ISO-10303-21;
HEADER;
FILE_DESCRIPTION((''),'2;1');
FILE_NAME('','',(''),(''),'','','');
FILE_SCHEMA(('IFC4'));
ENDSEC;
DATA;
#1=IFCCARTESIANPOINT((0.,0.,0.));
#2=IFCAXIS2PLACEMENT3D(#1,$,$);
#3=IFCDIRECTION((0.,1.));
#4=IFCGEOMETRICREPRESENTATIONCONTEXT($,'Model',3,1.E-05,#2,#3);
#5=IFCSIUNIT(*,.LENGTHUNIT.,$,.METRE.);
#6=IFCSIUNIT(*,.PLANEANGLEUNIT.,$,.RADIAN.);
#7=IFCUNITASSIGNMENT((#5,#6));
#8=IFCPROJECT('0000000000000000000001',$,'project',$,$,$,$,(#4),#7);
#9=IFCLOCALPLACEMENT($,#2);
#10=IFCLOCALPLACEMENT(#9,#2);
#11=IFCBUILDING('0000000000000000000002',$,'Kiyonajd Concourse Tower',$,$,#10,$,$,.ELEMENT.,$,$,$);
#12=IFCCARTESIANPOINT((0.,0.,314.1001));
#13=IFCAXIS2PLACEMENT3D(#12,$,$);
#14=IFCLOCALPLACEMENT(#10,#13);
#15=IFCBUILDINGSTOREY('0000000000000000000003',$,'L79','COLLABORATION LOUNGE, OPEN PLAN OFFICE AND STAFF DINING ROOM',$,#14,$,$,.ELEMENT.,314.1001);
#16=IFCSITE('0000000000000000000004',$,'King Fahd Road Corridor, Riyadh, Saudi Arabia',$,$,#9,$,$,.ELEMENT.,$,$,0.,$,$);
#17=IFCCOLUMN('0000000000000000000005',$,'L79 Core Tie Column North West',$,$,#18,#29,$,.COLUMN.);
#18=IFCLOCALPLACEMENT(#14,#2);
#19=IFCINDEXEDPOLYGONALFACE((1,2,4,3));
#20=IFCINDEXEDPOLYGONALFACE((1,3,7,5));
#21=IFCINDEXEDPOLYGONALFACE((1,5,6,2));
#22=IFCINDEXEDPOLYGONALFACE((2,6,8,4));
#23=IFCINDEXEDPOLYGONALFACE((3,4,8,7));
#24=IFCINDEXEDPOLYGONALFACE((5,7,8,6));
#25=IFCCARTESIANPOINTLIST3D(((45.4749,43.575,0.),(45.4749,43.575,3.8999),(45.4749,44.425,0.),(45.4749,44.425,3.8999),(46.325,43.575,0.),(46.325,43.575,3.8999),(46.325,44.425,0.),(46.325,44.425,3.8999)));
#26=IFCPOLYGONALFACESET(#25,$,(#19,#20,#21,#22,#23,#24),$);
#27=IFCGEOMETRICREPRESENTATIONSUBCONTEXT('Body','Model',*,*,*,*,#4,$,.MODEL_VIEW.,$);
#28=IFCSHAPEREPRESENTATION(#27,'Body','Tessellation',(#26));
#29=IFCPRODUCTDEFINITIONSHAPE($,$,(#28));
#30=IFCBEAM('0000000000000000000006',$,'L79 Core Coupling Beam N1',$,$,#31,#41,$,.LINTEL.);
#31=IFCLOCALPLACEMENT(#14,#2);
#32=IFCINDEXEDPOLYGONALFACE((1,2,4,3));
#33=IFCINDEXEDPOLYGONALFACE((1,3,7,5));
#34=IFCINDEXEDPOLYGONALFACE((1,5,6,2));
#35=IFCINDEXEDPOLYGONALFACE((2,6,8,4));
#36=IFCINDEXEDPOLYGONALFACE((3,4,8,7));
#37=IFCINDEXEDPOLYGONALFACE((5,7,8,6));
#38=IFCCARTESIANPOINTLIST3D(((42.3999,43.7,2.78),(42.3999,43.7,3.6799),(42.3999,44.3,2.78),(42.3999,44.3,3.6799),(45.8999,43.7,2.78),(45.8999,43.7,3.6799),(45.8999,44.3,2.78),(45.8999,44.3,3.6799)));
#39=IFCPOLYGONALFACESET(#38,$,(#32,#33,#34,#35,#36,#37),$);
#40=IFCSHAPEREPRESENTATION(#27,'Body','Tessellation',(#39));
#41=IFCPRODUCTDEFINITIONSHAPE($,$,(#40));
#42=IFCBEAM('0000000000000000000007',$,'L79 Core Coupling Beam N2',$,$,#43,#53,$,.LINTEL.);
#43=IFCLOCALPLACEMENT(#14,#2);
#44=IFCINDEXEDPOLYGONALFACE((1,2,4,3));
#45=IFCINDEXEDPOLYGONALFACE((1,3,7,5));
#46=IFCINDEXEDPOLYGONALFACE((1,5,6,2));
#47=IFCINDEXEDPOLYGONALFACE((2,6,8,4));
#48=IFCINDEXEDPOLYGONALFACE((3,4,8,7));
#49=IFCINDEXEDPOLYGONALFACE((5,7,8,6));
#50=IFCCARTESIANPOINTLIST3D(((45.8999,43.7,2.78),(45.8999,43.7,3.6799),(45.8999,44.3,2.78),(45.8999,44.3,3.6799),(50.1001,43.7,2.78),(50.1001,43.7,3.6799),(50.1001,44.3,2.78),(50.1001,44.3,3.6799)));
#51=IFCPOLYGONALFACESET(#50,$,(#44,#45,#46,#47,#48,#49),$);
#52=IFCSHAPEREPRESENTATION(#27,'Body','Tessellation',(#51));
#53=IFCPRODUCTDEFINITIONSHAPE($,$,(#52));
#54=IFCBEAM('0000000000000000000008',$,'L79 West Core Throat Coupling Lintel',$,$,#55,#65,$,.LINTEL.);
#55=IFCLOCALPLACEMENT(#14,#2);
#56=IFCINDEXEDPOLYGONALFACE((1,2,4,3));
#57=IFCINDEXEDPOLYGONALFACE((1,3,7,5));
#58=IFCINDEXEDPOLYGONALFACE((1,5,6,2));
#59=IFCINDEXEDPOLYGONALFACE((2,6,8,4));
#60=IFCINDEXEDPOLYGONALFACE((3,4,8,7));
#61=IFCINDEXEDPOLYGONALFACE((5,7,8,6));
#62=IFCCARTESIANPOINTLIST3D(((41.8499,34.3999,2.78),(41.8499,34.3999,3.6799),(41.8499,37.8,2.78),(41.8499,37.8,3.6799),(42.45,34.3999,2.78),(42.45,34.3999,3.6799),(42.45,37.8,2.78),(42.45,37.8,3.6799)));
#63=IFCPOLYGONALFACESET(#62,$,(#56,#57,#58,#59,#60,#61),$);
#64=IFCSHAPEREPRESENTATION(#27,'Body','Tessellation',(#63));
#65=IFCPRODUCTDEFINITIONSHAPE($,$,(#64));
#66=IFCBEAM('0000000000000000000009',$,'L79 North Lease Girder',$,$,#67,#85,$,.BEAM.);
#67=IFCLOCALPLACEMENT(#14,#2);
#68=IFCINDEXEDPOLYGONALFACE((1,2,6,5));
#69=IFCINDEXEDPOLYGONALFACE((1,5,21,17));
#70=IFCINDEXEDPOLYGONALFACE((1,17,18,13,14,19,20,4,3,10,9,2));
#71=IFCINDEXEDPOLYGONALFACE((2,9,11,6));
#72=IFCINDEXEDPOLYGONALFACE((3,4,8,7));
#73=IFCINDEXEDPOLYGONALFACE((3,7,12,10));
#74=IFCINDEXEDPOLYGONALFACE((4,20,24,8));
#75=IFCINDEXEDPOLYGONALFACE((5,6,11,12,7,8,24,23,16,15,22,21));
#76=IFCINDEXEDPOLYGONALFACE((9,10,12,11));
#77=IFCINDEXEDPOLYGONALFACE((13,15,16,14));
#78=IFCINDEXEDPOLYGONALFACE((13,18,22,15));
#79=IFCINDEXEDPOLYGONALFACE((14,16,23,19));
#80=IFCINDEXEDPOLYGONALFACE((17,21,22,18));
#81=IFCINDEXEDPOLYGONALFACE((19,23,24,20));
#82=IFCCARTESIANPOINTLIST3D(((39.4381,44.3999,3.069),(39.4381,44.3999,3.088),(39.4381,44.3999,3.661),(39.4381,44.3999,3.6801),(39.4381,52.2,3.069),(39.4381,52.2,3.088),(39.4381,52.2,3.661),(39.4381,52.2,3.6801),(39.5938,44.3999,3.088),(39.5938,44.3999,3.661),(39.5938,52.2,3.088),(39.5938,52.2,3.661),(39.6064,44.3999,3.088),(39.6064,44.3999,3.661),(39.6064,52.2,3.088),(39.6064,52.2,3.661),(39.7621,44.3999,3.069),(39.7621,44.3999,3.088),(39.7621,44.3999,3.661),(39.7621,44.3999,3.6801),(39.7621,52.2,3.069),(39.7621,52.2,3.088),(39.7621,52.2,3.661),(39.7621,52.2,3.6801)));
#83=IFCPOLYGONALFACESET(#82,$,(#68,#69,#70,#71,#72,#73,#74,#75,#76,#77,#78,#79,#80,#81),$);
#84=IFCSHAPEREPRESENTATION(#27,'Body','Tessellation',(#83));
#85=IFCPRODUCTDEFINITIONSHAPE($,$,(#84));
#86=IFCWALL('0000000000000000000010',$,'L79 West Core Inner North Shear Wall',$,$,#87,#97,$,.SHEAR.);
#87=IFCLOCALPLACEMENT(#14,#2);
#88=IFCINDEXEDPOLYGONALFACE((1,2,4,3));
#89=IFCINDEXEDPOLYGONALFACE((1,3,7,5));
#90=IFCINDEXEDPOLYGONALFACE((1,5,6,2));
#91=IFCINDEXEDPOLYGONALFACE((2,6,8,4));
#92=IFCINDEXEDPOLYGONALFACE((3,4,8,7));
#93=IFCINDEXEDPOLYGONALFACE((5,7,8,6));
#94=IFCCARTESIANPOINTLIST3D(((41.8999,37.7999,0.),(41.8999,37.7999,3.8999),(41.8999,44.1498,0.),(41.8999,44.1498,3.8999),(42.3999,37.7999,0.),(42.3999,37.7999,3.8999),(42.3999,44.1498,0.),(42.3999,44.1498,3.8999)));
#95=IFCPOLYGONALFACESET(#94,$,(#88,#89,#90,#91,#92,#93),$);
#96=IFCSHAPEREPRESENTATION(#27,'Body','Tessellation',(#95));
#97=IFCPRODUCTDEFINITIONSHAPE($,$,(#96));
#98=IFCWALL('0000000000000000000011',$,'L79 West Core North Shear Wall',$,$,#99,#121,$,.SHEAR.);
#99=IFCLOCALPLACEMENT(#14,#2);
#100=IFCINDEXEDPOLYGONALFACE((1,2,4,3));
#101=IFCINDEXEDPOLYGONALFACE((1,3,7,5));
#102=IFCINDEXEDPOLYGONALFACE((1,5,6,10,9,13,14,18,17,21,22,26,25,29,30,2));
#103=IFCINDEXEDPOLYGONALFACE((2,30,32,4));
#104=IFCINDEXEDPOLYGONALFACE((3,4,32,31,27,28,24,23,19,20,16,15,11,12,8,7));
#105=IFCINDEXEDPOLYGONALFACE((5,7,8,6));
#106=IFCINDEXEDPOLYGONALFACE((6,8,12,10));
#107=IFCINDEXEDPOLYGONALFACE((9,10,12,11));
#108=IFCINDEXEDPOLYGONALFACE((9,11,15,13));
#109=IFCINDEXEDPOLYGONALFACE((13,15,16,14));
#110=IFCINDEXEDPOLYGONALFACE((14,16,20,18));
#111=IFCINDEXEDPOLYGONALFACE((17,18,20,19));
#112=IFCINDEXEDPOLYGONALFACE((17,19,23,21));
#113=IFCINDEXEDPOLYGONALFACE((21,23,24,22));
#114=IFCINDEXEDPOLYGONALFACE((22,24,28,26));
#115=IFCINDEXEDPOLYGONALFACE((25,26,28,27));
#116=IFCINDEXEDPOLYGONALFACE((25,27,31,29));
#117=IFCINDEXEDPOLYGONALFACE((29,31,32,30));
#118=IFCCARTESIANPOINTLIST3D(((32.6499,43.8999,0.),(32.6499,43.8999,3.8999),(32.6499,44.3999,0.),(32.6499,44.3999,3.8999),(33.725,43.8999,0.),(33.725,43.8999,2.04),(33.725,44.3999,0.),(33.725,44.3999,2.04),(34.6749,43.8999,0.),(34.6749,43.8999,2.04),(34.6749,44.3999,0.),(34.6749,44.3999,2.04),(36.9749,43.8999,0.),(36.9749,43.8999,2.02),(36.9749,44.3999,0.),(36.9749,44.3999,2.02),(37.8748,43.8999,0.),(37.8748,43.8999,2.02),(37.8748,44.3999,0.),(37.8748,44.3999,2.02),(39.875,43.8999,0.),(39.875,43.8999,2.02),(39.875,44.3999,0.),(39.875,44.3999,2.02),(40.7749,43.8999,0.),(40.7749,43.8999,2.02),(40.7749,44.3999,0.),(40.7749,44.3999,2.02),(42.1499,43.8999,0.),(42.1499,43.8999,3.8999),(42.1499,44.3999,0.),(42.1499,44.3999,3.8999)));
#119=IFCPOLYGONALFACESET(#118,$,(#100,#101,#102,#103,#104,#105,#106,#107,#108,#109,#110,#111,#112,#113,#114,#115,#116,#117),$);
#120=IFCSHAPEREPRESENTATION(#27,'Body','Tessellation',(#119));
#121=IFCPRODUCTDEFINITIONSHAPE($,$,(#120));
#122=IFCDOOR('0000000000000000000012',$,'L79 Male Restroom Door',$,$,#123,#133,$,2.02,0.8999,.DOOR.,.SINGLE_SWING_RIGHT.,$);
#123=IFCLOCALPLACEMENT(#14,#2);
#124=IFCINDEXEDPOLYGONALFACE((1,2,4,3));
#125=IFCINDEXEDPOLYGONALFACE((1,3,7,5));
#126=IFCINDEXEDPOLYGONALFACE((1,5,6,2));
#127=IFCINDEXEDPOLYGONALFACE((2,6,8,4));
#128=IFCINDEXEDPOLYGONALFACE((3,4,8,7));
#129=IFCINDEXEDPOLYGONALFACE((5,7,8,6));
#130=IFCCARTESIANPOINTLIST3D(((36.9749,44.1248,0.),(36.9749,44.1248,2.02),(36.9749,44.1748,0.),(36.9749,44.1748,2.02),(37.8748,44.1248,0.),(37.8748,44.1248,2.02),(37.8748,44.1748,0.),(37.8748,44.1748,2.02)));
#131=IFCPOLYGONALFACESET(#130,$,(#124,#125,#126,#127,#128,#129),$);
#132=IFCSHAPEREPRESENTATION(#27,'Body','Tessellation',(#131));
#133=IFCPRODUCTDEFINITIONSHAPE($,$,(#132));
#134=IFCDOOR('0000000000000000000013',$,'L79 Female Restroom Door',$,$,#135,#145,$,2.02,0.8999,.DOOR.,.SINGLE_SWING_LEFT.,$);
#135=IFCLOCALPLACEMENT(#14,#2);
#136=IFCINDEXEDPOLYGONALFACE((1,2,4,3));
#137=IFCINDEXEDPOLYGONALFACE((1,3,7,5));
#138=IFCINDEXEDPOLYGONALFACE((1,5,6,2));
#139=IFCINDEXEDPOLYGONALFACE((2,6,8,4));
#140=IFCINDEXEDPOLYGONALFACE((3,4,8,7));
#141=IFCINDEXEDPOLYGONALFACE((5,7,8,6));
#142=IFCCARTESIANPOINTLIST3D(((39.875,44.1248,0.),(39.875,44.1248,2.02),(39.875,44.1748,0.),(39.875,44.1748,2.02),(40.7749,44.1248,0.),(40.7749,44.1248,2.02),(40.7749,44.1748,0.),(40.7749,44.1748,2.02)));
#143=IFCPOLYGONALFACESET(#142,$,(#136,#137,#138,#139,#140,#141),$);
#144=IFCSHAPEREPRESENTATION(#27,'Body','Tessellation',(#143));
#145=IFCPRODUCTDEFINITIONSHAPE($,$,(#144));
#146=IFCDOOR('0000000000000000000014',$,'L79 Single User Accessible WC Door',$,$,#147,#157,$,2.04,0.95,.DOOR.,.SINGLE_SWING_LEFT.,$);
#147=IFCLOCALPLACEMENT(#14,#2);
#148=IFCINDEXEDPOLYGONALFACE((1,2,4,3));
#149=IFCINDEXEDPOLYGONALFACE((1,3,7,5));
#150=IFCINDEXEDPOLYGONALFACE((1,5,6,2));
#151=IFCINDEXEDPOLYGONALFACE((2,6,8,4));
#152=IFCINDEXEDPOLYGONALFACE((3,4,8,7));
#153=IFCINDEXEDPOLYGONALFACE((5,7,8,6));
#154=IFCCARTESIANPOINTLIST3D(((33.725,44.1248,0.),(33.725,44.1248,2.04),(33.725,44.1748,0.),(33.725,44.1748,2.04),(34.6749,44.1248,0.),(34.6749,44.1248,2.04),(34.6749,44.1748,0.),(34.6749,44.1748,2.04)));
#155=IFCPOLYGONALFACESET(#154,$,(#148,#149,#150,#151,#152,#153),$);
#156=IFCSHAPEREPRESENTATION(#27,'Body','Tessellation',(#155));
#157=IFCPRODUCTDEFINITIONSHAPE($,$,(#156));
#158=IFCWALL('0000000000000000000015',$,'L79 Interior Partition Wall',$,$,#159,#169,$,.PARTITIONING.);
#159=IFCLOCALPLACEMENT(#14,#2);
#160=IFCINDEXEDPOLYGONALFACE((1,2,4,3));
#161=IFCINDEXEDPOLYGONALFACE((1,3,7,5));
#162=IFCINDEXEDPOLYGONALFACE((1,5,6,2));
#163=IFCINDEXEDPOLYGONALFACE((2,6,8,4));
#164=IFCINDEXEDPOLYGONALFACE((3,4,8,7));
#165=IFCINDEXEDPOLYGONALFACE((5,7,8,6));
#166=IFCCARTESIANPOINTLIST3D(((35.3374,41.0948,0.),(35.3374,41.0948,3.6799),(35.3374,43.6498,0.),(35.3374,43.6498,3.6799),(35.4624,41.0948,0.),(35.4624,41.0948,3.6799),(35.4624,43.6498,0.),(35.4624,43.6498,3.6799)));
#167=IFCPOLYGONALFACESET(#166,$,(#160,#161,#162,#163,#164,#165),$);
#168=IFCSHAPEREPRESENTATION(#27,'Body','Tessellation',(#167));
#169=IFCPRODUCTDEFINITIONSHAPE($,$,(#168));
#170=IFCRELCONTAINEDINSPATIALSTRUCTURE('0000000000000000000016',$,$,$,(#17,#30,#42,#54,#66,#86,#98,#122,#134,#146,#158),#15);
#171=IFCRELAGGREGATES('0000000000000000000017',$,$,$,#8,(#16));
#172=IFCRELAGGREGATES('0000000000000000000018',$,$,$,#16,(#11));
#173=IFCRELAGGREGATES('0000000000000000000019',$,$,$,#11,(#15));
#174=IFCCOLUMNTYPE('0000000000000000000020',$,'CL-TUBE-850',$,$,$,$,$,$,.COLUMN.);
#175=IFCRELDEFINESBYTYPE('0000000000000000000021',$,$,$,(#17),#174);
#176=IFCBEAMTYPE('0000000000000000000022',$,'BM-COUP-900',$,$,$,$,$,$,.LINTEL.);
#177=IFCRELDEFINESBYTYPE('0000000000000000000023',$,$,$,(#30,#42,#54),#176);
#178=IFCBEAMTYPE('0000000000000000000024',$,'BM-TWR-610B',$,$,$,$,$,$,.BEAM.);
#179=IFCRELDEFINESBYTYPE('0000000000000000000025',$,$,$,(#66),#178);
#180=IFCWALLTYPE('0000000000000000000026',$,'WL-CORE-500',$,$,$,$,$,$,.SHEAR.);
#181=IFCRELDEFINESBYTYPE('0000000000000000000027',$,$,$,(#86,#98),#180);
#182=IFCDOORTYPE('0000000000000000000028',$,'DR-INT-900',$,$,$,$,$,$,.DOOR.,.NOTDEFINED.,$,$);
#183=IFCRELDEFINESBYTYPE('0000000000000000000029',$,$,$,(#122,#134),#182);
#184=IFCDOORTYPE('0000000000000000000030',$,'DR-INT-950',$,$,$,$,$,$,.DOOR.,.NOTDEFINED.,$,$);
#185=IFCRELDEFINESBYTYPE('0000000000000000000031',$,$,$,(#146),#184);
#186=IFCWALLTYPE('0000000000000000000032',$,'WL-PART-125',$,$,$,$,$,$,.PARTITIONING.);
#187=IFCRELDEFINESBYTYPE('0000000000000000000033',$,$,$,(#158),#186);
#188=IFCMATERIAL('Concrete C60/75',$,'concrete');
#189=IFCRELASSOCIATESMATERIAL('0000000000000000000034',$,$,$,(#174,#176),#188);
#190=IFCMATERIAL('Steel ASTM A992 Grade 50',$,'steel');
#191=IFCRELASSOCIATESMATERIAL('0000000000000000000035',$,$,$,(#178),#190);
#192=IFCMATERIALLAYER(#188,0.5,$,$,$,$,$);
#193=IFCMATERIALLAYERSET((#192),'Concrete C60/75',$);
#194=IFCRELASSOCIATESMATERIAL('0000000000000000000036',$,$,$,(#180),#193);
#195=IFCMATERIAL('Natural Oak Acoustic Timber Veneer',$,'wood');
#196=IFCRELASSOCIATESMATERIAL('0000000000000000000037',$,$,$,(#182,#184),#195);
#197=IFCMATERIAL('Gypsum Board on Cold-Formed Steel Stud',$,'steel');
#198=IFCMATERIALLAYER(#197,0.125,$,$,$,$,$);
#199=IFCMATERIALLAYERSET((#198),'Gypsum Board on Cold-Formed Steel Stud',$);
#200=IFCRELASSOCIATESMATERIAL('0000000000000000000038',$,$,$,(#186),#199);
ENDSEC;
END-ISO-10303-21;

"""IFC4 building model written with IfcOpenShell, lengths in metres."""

from ifc_helpers import new_model, si_unit, direction, frame, frame_2d, origin, origin_2d, place, context, subcontext, project, spatial, rectangle, i_section, extrude, material, layer, layer_set, material_profile, profile_set, type_object, element, fill, save


model = new_model("IFC4")

# Units and contexts
model_context = context("Model", 3, precision=1e-05, world=origin(), true_north=direction((0.0, 1.0)))
body_context = subcontext(model_context, "Body", "Model", "MODEL_VIEW")
ifc_project = project(units=[si_unit("LENGTHUNIT", "METRE"), si_unit("PLANEANGLEUNIT", "RADIAN")], contexts=[model_context])

# Site, building, storey
site_placement = place(None, origin())
site = spatial("IfcSite", under=ifc_project, at=site_placement, Name="King Fahd Road Corridor, Riyadh, Saudi Arabia", CompositionType="ELEMENT", RefElevation=0.0)
building_placement = place(site_placement, origin())
building = spatial("IfcBuilding", under=site, at=building_placement, Name="Kiyonajd Concourse Tower", CompositionType="ELEMENT")
storey_placement = place(building_placement, frame((0.0, 0.0, 314.1001)))
storey = spatial("IfcBuildingStorey", under=building, at=storey_placement, Name="L79", Description="COLLABORATION LOUNGE, OPEN PLAN OFFICE AND STAFF DINING ROOM", CompositionType="ELEMENT", Elevation=314.1001)

# Column
ifc_material_1 = material(Name="Concrete C60/75", Category="concrete")
ifc_material_profile_1 = material_profile(ifc_material_1, rectangle(XDim=0.8501, YDim=0.8501, at=origin_2d()), Name="RC-850x850")
ifc_profile_set_1 = profile_set([ifc_material_profile_1], Name="Concrete C60/75")
column_type = type_object("IfcColumnType", Name="CL-TUBE-850", PredefinedType="COLUMN", material=ifc_profile_set_1)
column_placement = place(storey_placement, frame((45.8999, 44.0, 0.0), z_axis=(0.0, 0.0, 1.0), x_axis=(1.0, 0.0, 0.0)))
element("IfcColumn", 1, at=column_placement, inside=storey, type_object=column_type, Name="L79 Core Tie Column North West", PredefinedType="COLUMN", context=body_context, shape_type="SweptSolid", body=[
    extrude(rectangle(XDim=0.8501, YDim=0.8501, at=origin_2d()), origin(), (0.0, 0.0, 1.0), 3.8999),
])

# Beams
ifc_material_profile_2 = material_profile(ifc_material_1, rectangle(XDim=0.6001, YDim=0.8999, at=origin_2d()), Name="RCBM-600x900")
ifc_profile_set_2 = profile_set([ifc_material_profile_2], Name="Concrete C60/75")
beam_type_1 = type_object("IfcBeamType", Name="BM-COUP-900", PredefinedType="LINTEL", material=ifc_profile_set_2)
beam_1_placement = place(storey_placement, frame((42.3999, 44.0, 3.23), z_axis=(1.0, 0.0, 0.0), x_axis=(0.0, 1.0, 0.0)))
element("IfcBeam", 2, at=beam_1_placement, inside=storey, type_object=beam_type_1, Name="L79 Core Coupling Beam N1", PredefinedType="LINTEL", context=body_context, shape_type="SweptSolid", body=[
    extrude(rectangle(XDim=0.6001, YDim=0.8999, at=origin_2d()), origin(), (0.0, 0.0, 1.0), 3.5),
])
beam_2_placement = place(storey_placement, frame((45.8999, 44.0, 3.23), z_axis=(1.0, 0.0, 0.0), x_axis=(0.0, 1.0, 0.0)))
element("IfcBeam", 3, at=beam_2_placement, inside=storey, type_object=beam_type_1, Name="L79 Core Coupling Beam N2", PredefinedType="LINTEL", context=body_context, shape_type="SweptSolid", body=[
    extrude(rectangle(XDim=0.6001, YDim=0.8999, at=origin_2d()), origin(), (0.0, 0.0, 1.0), 4.2002),
])
beam_3_placement = place(storey_placement, frame((42.1499, 34.3999, 3.23), z_axis=(0.0, 1.0, 0.0), x_axis=(-1.0, 0.0, 0.0)))
element("IfcBeam", 4, at=beam_3_placement, inside=storey, type_object=beam_type_1, Name="L79 West Core Throat Coupling Lintel", PredefinedType="LINTEL", context=body_context, shape_type="SweptSolid", body=[
    extrude(rectangle(XDim=0.6001, YDim=0.8999, at=origin_2d()), origin(), (0.0, 0.0, 1.0), 3.4001),
])
ifc_material_2 = material(Name="Steel ASTM A992 Grade 50", Category="steel")
ifc_material_profile_3 = material_profile(ifc_material_2, i_section(OverallWidth=0.324, OverallDepth=0.6111, WebThickness=0.0127, FlangeThickness=0.019, at=origin_2d()), Name="W610X155")
ifc_profile_set_3 = profile_set([ifc_material_profile_3], Name="Steel ASTM A992 Grade 50")
beam_type_2 = type_object("IfcBeamType", Name="BM-TWR-610B", PredefinedType="BEAM", material=ifc_profile_set_3)
beam_4_placement = place(storey_placement, frame((39.6001, 44.3999, 3.3745), z_axis=(0.0, 1.0, 0.0), x_axis=(-1.0, 0.0, 0.0)))
element("IfcBeam", 5, at=beam_4_placement, inside=storey, type_object=beam_type_2, Name="L79 North Lease Girder", PredefinedType="BEAM", context=body_context, shape_type="SweptSolid", body=[
    extrude(i_section(OverallWidth=0.324, OverallDepth=0.6111, WebThickness=0.0127, FlangeThickness=0.019, at=origin_2d()), origin(), (0.0, 0.0, 1.0), 7.8),
])

# Wall
ifc_layer_1 = layer(ifc_material_1, 0.5)
ifc_layer_set_1 = layer_set([ifc_layer_1], Name="Concrete C60/75")
wall_type_1 = type_object("IfcWallType", Name="WL-CORE-500", PredefinedType="SHEAR", material=ifc_layer_set_1)
wall_1_placement = place(storey_placement, frame((42.1499, 37.8, 0.0), z_axis=(0.0, 0.0, 1.0), x_axis=(0.0, 1.0, 0.0)))
element("IfcWall", 6, at=wall_1_placement, inside=storey, type_object=wall_type_1, Name="L79 West Core Inner North Shear Wall", PredefinedType="SHEAR", context=body_context, shape_type="SweptSolid", body=[
    extrude(rectangle(XDim=6.3499, YDim=0.5, at=frame_2d((3.1748, 0.0))), origin(), (0.0, 0.0, 1.0), 3.8999),
])

# Wall, openings, doors
wall_2_placement = place(storey_placement, frame((32.6499, 44.1499, 0.0), z_axis=(0.0, 0.0, 1.0), x_axis=(1.0, 0.0, 0.0)))
wall_2 = element("IfcWall", 7, at=wall_2_placement, inside=storey, type_object=wall_type_1, Name="L79 West Core North Shear Wall", PredefinedType="SHEAR", context=body_context, shape_type="SweptSolid", body=[
    extrude(rectangle(XDim=9.5, YDim=0.5, at=frame_2d((4.75, 0.0))), origin(), (0.0, 0.0, 1.0), 3.8999),
])
opening_1_placement = place(wall_2_placement, frame((1.075, 0.0, 0.0)))
opening_1 = element("IfcOpeningElement", 8, at=opening_1_placement, cuts=wall_2, PredefinedType="OPENING", context=body_context, shape_type="SweptSolid", body=[
    extrude(rectangle(XDim=0.95, YDim=2.04, at=frame_2d((0.4751, 1.02))), frame((0.0, 0.26, 0.0), z_axis=(0.0, -1.0, 0.0), x_axis=(1.0, 0.0, 0.0)), (0.0, 0.0, 1.0), 0.52),
])
opening_2_placement = place(wall_2_placement, frame((4.325, 0.0, 0.0)))
opening_2 = element("IfcOpeningElement", 9, at=opening_2_placement, cuts=wall_2, PredefinedType="OPENING", context=body_context, shape_type="SweptSolid", body=[
    extrude(rectangle(XDim=0.8999, YDim=2.02, at=frame_2d((0.45, 1.01))), frame((0.0, 0.26, 0.0), z_axis=(0.0, -1.0, 0.0), x_axis=(1.0, 0.0, 0.0)), (0.0, 0.0, 1.0), 0.52),
])
opening_3_placement = place(wall_2_placement, frame((7.2251, 0.0, 0.0)))
opening_3 = element("IfcOpeningElement", 10, at=opening_3_placement, cuts=wall_2, PredefinedType="OPENING", context=body_context, shape_type="SweptSolid", body=[
    extrude(rectangle(XDim=0.8999, YDim=2.02, at=frame_2d((0.45, 1.01))), frame((0.0, 0.26, 0.0), z_axis=(0.0, -1.0, 0.0), x_axis=(1.0, 0.0, 0.0)), (0.0, 0.0, 1.0), 0.52),
])
ifc_material_3 = material(Name="Natural Oak Acoustic Timber Veneer", Category="wood")
door_type_1 = type_object("IfcDoorType", Name="DR-INT-900", OperationType="NOTDEFINED", PredefinedType="DOOR", material=ifc_material_3)
door_1_placement = place(opening_2_placement, origin())
door_1 = element("IfcDoor", 11, at=door_1_placement, inside=storey, type_object=door_type_1, Name="L79 Male Restroom Door", OperationType="SINGLE_SWING_RIGHT", OverallHeight=2.02, OverallWidth=0.8999, PredefinedType="DOOR", context=body_context, shape_type="SweptSolid", body=[
    extrude(rectangle(XDim=0.8999, YDim=2.02, at=frame_2d((0.45, 1.01))), frame((0.0, 0.0249, 0.0), z_axis=(0.0, -1.0, 0.0), x_axis=(1.0, 0.0, 0.0)), (0.0, 0.0, 1.0), 0.05),
])
fill(opening_2, door_1)
door_2_placement = place(opening_3_placement, origin())
door_2 = element("IfcDoor", 12, at=door_2_placement, inside=storey, type_object=door_type_1, Name="L79 Female Restroom Door", OperationType="SINGLE_SWING_LEFT", OverallHeight=2.02, OverallWidth=0.8999, PredefinedType="DOOR", context=body_context, shape_type="SweptSolid", body=[
    extrude(rectangle(XDim=0.8999, YDim=2.02, at=frame_2d((0.45, 1.01))), frame((0.0, 0.0249, 0.0), z_axis=(0.0, -1.0, 0.0), x_axis=(1.0, 0.0, 0.0)), (0.0, 0.0, 1.0), 0.05),
])
fill(opening_3, door_2)
door_type_2 = type_object("IfcDoorType", Name="DR-INT-950", OperationType="NOTDEFINED", PredefinedType="DOOR", material=ifc_material_3)
door_3_placement = place(opening_1_placement, origin())
door_3 = element("IfcDoor", 13, at=door_3_placement, inside=storey, type_object=door_type_2, Name="L79 Single User Accessible WC Door", OperationType="SINGLE_SWING_LEFT", OverallHeight=2.04, OverallWidth=0.95, PredefinedType="DOOR", context=body_context, shape_type="SweptSolid", body=[
    extrude(rectangle(XDim=0.95, YDim=2.04, at=frame_2d((0.4751, 1.02))), frame((0.0, 0.0249, 0.0), z_axis=(0.0, -1.0, 0.0), x_axis=(1.0, 0.0, 0.0)), (0.0, 0.0, 1.0), 0.05),
])
fill(opening_1, door_3)

# Wall
ifc_material_4 = material(Name="Gypsum Board on Cold-Formed Steel Stud", Category="steel")
ifc_layer_2 = layer(ifc_material_4, 0.125)
ifc_layer_set_2 = layer_set([ifc_layer_2], Name="Gypsum Board on Cold-Formed Steel Stud")
wall_type_2 = type_object("IfcWallType", Name="WL-PART-125", PredefinedType="PARTITIONING", material=ifc_layer_set_2)
for number, where, z_axis, x_axis, name in (
    (14, (35.3999, 41.095, 0.0), (0.0, 0.0, 1.0), (0.0, 1.0, 0.0), "L79 Interior Partition Wall"),
):
    element("IfcWall", number, at=place(storey_placement, frame(where, z_axis=z_axis, x_axis=x_axis)), inside=storey, type_object=wall_type_2, Name=name, PredefinedType="PARTITIONING", context=body_context, shape_type="SweptSolid", body=[
        extrude(rectangle(XDim=2.5549, YDim=0.125, at=frame_2d((1.2773, 0.0))), origin(), (0.0, 0.0, 1.0), 3.6799),
    ])

save(model, "model.ifc")
